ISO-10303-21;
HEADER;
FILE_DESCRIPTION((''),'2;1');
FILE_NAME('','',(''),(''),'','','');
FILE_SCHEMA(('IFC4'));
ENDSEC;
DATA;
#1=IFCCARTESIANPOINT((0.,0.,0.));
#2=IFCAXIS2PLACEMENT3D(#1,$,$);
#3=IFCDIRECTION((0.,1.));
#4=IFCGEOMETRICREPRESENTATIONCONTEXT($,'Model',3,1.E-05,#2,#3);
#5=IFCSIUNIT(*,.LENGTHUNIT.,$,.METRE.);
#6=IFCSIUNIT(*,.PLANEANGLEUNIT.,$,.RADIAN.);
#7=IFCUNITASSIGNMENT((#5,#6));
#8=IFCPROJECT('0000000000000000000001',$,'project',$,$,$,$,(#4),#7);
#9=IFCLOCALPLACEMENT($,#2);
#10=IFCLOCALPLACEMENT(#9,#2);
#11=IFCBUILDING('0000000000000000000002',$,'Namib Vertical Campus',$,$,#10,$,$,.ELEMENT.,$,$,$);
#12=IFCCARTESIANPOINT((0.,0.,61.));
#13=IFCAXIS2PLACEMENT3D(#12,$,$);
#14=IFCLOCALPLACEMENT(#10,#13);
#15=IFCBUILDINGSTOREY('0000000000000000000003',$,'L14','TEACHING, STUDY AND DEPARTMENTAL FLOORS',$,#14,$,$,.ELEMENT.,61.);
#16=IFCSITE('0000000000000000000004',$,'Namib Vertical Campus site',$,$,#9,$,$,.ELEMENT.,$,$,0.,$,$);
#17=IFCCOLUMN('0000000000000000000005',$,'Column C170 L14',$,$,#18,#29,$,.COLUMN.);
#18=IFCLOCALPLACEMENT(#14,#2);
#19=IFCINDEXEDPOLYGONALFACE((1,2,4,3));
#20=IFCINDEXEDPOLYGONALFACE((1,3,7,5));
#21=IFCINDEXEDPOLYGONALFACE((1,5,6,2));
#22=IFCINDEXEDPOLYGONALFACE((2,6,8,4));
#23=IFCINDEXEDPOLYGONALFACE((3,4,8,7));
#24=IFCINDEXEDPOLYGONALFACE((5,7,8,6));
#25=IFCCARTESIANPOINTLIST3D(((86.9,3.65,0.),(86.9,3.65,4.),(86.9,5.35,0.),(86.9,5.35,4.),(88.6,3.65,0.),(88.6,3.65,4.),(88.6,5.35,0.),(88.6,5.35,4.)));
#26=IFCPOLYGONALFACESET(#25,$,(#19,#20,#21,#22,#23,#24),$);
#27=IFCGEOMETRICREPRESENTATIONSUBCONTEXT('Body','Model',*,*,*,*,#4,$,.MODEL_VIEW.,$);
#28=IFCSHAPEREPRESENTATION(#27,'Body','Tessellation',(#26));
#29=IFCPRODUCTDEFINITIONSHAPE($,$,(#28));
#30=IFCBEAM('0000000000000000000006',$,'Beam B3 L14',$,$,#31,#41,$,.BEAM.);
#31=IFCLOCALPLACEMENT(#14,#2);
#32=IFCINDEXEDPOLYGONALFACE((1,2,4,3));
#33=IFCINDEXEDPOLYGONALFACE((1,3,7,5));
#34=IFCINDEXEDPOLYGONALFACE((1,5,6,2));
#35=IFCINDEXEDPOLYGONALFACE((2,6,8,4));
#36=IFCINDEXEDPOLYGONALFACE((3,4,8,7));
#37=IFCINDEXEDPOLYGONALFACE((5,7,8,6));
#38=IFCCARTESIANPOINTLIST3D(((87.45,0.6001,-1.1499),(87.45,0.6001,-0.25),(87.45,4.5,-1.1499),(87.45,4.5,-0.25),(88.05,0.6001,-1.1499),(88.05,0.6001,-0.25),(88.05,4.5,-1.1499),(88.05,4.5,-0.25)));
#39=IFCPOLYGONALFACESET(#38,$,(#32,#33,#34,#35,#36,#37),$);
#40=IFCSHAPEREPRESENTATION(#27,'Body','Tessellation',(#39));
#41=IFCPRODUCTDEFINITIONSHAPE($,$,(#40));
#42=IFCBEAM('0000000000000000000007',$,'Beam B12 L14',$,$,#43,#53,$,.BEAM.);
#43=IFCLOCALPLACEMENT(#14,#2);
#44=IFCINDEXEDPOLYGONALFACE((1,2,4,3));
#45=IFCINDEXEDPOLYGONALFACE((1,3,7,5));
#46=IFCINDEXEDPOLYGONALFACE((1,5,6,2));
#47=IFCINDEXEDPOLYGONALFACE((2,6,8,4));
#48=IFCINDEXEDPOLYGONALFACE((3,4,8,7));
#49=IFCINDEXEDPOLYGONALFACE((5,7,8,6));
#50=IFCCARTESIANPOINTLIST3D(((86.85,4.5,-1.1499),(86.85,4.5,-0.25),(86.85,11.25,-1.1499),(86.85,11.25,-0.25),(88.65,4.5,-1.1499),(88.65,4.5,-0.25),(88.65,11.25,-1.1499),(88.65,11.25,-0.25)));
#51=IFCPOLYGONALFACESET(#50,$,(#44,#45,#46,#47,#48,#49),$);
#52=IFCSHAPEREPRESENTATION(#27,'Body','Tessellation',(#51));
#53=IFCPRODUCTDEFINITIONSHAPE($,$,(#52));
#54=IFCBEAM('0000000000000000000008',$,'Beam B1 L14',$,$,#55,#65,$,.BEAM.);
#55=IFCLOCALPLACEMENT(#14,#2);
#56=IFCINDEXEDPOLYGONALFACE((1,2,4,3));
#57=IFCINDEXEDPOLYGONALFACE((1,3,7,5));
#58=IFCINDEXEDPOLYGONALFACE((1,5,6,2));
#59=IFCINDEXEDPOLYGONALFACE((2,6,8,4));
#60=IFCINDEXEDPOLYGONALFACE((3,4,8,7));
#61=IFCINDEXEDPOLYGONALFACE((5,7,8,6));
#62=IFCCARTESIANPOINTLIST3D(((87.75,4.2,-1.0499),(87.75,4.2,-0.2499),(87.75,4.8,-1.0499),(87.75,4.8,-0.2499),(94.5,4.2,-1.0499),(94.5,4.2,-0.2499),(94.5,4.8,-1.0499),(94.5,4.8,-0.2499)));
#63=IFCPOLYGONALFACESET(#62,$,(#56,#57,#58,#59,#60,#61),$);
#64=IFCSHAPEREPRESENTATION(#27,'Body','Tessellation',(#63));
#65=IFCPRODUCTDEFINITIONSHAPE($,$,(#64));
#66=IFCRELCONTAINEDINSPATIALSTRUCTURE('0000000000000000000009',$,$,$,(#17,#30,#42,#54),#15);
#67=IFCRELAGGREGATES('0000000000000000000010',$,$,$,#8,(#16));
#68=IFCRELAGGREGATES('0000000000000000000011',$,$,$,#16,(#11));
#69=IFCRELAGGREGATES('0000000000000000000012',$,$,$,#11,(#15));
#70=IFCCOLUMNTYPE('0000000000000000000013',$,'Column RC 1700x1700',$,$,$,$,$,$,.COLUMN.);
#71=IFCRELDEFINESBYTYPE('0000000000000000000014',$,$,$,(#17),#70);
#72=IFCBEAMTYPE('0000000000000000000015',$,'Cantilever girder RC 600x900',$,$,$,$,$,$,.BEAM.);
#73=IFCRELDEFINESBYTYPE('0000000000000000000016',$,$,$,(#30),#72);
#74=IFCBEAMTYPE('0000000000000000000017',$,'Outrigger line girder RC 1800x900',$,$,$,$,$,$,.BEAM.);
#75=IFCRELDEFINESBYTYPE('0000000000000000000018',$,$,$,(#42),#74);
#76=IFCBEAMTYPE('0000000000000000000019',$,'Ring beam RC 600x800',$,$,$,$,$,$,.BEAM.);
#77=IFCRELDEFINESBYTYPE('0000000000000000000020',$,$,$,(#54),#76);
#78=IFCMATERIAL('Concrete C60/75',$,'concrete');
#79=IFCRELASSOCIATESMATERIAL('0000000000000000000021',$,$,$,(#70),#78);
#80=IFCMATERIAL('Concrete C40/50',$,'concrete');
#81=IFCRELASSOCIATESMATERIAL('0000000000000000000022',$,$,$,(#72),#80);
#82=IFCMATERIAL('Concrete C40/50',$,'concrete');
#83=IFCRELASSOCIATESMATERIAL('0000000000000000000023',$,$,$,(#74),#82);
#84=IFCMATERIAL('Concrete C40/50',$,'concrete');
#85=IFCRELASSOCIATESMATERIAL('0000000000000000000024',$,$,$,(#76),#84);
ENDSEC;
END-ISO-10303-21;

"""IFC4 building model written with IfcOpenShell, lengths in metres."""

from ifc_helpers import new_model, si_unit, direction, frame, origin, origin_2d, place, context, subcontext, project, spatial, rectangle, extrude, material, material_profile, profile_set, type_object, element, save


model = new_model("IFC4")

# Units and contexts
model_context = context("Model", 3, precision=1e-05, world=origin(), true_north=direction((0.0, 1.0)))
body_context = subcontext(model_context, "Body", "Model", "MODEL_VIEW")
ifc_project = project(units=[si_unit("LENGTHUNIT", "METRE"), si_unit("PLANEANGLEUNIT", "RADIAN")], contexts=[model_context])

# Site, building, storey
site_placement = place(None, origin())
site = spatial("IfcSite", under=ifc_project, at=site_placement, Name="Namib Vertical Campus site", CompositionType="ELEMENT", RefElevation=0.0)
building_placement = place(site_placement, origin())
building = spatial("IfcBuilding", under=site, at=building_placement, Name="Namib Vertical Campus", CompositionType="ELEMENT")
storey_placement = place(building_placement, frame((0.0, 0.0, 61.0)))
storey = spatial("IfcBuildingStorey", under=building, at=storey_placement, Name="L14", Description="TEACHING, STUDY AND DEPARTMENTAL FLOORS", CompositionType="ELEMENT", Elevation=61.0)

# Column
ifc_material_1 = material(Name="Concrete C60/75", Category="concrete")
ifc_material_profile_1 = material_profile(ifc_material_1, rectangle(XDim=1.7, YDim=1.7, at=origin_2d()))
ifc_profile_set_1 = profile_set([ifc_material_profile_1], Name="Concrete C60/75")
column_type = type_object("IfcColumnType", Name="Column RC 1700x1700", PredefinedType="COLUMN", material=ifc_profile_set_1)
column_placement = place(storey_placement, frame((87.75, 4.5, 0.0), z_axis=(0.0, 0.0, 1.0), x_axis=(1.0, 0.0, 0.0)))
element("IfcColumn", 1, at=column_placement, inside=storey, type_object=column_type, Name="Column C170 L14", PredefinedType="COLUMN", context=body_context, shape_type="SweptSolid", body=[
    extrude(rectangle(XDim=1.7, YDim=1.7, at=origin_2d()), origin(), (0.0, 0.0, 1.0), 4.0),
])

# Beams
ifc_material_2 = material(Name="Concrete C40/50", Category="concrete")
ifc_material_profile_2 = material_profile(ifc_material_2, rectangle(XDim=0.6001, YDim=0.8999, at=origin_2d()))
ifc_profile_set_2 = profile_set([ifc_material_profile_2], Name="Concrete C40/50")
beam_type_1 = type_object("IfcBeamType", Name="Cantilever girder RC 600x900", PredefinedType="BEAM", material=ifc_profile_set_2)
beam_1_placement = place(storey_placement, frame((87.75, 4.5, -0.7), z_axis=(0.0, -1.0, 0.0), x_axis=(1.0, 0.0, 0.0)))
element("IfcBeam", 2, at=beam_1_placement, inside=storey, type_object=beam_type_1, Name="Beam B3 L14", PredefinedType="BEAM", context=body_context, shape_type="SweptSolid", body=[
    extrude(rectangle(XDim=0.6001, YDim=0.8999, at=origin_2d()), origin(), (0.0, 0.0, 1.0), 3.8999),
])
ifc_material_3 = material(Name="Concrete C40/50", Category="concrete")
ifc_material_profile_3 = material_profile(ifc_material_3, rectangle(XDim=1.8, YDim=0.8999, at=origin_2d()))
ifc_profile_set_3 = profile_set([ifc_material_profile_3], Name="Concrete C40/50")
beam_type_2 = type_object("IfcBeamType", Name="Outrigger line girder RC 1800x900", PredefinedType="BEAM", material=ifc_profile_set_3)
beam_2_placement = place(storey_placement, frame((87.75, 4.5, -0.7), z_axis=(0.0, 1.0, 0.0), x_axis=(-1.0, 0.0, 0.0)))
element("IfcBeam", 3, at=beam_2_placement, inside=storey, type_object=beam_type_2, Name="Beam B12 L14", PredefinedType="BEAM", context=body_context, shape_type="SweptSolid", body=[
    extrude(rectangle(XDim=1.8, YDim=0.8999, at=origin_2d()), origin(), (0.0, 0.0, 1.0), 6.75),
])
ifc_material_4 = material(Name="Concrete C40/50", Category="concrete")
ifc_material_profile_4 = material_profile(ifc_material_4, rectangle(XDim=0.6001, YDim=0.8, at=origin_2d()))
ifc_profile_set_4 = profile_set([ifc_material_profile_4], Name="Concrete C40/50")
beam_type_3 = type_object("IfcBeamType", Name="Ring beam RC 600x800", PredefinedType="BEAM", material=ifc_profile_set_4)
beam_3_placement = place(storey_placement, frame((87.75, 4.5, -0.6499), z_axis=(1.0, 0.0, 0.0), x_axis=(0.0, 1.0, 0.0)))
element("IfcBeam", 4, at=beam_3_placement, inside=storey, type_object=beam_type_3, Name="Beam B1 L14", PredefinedType="BEAM", context=body_context, shape_type="SweptSolid", body=[
    extrude(rectangle(XDim=0.6001, YDim=0.8, at=origin_2d()), origin(), (0.0, 0.0, 1.0), 6.75),
])

save(model, "model.ifc")
